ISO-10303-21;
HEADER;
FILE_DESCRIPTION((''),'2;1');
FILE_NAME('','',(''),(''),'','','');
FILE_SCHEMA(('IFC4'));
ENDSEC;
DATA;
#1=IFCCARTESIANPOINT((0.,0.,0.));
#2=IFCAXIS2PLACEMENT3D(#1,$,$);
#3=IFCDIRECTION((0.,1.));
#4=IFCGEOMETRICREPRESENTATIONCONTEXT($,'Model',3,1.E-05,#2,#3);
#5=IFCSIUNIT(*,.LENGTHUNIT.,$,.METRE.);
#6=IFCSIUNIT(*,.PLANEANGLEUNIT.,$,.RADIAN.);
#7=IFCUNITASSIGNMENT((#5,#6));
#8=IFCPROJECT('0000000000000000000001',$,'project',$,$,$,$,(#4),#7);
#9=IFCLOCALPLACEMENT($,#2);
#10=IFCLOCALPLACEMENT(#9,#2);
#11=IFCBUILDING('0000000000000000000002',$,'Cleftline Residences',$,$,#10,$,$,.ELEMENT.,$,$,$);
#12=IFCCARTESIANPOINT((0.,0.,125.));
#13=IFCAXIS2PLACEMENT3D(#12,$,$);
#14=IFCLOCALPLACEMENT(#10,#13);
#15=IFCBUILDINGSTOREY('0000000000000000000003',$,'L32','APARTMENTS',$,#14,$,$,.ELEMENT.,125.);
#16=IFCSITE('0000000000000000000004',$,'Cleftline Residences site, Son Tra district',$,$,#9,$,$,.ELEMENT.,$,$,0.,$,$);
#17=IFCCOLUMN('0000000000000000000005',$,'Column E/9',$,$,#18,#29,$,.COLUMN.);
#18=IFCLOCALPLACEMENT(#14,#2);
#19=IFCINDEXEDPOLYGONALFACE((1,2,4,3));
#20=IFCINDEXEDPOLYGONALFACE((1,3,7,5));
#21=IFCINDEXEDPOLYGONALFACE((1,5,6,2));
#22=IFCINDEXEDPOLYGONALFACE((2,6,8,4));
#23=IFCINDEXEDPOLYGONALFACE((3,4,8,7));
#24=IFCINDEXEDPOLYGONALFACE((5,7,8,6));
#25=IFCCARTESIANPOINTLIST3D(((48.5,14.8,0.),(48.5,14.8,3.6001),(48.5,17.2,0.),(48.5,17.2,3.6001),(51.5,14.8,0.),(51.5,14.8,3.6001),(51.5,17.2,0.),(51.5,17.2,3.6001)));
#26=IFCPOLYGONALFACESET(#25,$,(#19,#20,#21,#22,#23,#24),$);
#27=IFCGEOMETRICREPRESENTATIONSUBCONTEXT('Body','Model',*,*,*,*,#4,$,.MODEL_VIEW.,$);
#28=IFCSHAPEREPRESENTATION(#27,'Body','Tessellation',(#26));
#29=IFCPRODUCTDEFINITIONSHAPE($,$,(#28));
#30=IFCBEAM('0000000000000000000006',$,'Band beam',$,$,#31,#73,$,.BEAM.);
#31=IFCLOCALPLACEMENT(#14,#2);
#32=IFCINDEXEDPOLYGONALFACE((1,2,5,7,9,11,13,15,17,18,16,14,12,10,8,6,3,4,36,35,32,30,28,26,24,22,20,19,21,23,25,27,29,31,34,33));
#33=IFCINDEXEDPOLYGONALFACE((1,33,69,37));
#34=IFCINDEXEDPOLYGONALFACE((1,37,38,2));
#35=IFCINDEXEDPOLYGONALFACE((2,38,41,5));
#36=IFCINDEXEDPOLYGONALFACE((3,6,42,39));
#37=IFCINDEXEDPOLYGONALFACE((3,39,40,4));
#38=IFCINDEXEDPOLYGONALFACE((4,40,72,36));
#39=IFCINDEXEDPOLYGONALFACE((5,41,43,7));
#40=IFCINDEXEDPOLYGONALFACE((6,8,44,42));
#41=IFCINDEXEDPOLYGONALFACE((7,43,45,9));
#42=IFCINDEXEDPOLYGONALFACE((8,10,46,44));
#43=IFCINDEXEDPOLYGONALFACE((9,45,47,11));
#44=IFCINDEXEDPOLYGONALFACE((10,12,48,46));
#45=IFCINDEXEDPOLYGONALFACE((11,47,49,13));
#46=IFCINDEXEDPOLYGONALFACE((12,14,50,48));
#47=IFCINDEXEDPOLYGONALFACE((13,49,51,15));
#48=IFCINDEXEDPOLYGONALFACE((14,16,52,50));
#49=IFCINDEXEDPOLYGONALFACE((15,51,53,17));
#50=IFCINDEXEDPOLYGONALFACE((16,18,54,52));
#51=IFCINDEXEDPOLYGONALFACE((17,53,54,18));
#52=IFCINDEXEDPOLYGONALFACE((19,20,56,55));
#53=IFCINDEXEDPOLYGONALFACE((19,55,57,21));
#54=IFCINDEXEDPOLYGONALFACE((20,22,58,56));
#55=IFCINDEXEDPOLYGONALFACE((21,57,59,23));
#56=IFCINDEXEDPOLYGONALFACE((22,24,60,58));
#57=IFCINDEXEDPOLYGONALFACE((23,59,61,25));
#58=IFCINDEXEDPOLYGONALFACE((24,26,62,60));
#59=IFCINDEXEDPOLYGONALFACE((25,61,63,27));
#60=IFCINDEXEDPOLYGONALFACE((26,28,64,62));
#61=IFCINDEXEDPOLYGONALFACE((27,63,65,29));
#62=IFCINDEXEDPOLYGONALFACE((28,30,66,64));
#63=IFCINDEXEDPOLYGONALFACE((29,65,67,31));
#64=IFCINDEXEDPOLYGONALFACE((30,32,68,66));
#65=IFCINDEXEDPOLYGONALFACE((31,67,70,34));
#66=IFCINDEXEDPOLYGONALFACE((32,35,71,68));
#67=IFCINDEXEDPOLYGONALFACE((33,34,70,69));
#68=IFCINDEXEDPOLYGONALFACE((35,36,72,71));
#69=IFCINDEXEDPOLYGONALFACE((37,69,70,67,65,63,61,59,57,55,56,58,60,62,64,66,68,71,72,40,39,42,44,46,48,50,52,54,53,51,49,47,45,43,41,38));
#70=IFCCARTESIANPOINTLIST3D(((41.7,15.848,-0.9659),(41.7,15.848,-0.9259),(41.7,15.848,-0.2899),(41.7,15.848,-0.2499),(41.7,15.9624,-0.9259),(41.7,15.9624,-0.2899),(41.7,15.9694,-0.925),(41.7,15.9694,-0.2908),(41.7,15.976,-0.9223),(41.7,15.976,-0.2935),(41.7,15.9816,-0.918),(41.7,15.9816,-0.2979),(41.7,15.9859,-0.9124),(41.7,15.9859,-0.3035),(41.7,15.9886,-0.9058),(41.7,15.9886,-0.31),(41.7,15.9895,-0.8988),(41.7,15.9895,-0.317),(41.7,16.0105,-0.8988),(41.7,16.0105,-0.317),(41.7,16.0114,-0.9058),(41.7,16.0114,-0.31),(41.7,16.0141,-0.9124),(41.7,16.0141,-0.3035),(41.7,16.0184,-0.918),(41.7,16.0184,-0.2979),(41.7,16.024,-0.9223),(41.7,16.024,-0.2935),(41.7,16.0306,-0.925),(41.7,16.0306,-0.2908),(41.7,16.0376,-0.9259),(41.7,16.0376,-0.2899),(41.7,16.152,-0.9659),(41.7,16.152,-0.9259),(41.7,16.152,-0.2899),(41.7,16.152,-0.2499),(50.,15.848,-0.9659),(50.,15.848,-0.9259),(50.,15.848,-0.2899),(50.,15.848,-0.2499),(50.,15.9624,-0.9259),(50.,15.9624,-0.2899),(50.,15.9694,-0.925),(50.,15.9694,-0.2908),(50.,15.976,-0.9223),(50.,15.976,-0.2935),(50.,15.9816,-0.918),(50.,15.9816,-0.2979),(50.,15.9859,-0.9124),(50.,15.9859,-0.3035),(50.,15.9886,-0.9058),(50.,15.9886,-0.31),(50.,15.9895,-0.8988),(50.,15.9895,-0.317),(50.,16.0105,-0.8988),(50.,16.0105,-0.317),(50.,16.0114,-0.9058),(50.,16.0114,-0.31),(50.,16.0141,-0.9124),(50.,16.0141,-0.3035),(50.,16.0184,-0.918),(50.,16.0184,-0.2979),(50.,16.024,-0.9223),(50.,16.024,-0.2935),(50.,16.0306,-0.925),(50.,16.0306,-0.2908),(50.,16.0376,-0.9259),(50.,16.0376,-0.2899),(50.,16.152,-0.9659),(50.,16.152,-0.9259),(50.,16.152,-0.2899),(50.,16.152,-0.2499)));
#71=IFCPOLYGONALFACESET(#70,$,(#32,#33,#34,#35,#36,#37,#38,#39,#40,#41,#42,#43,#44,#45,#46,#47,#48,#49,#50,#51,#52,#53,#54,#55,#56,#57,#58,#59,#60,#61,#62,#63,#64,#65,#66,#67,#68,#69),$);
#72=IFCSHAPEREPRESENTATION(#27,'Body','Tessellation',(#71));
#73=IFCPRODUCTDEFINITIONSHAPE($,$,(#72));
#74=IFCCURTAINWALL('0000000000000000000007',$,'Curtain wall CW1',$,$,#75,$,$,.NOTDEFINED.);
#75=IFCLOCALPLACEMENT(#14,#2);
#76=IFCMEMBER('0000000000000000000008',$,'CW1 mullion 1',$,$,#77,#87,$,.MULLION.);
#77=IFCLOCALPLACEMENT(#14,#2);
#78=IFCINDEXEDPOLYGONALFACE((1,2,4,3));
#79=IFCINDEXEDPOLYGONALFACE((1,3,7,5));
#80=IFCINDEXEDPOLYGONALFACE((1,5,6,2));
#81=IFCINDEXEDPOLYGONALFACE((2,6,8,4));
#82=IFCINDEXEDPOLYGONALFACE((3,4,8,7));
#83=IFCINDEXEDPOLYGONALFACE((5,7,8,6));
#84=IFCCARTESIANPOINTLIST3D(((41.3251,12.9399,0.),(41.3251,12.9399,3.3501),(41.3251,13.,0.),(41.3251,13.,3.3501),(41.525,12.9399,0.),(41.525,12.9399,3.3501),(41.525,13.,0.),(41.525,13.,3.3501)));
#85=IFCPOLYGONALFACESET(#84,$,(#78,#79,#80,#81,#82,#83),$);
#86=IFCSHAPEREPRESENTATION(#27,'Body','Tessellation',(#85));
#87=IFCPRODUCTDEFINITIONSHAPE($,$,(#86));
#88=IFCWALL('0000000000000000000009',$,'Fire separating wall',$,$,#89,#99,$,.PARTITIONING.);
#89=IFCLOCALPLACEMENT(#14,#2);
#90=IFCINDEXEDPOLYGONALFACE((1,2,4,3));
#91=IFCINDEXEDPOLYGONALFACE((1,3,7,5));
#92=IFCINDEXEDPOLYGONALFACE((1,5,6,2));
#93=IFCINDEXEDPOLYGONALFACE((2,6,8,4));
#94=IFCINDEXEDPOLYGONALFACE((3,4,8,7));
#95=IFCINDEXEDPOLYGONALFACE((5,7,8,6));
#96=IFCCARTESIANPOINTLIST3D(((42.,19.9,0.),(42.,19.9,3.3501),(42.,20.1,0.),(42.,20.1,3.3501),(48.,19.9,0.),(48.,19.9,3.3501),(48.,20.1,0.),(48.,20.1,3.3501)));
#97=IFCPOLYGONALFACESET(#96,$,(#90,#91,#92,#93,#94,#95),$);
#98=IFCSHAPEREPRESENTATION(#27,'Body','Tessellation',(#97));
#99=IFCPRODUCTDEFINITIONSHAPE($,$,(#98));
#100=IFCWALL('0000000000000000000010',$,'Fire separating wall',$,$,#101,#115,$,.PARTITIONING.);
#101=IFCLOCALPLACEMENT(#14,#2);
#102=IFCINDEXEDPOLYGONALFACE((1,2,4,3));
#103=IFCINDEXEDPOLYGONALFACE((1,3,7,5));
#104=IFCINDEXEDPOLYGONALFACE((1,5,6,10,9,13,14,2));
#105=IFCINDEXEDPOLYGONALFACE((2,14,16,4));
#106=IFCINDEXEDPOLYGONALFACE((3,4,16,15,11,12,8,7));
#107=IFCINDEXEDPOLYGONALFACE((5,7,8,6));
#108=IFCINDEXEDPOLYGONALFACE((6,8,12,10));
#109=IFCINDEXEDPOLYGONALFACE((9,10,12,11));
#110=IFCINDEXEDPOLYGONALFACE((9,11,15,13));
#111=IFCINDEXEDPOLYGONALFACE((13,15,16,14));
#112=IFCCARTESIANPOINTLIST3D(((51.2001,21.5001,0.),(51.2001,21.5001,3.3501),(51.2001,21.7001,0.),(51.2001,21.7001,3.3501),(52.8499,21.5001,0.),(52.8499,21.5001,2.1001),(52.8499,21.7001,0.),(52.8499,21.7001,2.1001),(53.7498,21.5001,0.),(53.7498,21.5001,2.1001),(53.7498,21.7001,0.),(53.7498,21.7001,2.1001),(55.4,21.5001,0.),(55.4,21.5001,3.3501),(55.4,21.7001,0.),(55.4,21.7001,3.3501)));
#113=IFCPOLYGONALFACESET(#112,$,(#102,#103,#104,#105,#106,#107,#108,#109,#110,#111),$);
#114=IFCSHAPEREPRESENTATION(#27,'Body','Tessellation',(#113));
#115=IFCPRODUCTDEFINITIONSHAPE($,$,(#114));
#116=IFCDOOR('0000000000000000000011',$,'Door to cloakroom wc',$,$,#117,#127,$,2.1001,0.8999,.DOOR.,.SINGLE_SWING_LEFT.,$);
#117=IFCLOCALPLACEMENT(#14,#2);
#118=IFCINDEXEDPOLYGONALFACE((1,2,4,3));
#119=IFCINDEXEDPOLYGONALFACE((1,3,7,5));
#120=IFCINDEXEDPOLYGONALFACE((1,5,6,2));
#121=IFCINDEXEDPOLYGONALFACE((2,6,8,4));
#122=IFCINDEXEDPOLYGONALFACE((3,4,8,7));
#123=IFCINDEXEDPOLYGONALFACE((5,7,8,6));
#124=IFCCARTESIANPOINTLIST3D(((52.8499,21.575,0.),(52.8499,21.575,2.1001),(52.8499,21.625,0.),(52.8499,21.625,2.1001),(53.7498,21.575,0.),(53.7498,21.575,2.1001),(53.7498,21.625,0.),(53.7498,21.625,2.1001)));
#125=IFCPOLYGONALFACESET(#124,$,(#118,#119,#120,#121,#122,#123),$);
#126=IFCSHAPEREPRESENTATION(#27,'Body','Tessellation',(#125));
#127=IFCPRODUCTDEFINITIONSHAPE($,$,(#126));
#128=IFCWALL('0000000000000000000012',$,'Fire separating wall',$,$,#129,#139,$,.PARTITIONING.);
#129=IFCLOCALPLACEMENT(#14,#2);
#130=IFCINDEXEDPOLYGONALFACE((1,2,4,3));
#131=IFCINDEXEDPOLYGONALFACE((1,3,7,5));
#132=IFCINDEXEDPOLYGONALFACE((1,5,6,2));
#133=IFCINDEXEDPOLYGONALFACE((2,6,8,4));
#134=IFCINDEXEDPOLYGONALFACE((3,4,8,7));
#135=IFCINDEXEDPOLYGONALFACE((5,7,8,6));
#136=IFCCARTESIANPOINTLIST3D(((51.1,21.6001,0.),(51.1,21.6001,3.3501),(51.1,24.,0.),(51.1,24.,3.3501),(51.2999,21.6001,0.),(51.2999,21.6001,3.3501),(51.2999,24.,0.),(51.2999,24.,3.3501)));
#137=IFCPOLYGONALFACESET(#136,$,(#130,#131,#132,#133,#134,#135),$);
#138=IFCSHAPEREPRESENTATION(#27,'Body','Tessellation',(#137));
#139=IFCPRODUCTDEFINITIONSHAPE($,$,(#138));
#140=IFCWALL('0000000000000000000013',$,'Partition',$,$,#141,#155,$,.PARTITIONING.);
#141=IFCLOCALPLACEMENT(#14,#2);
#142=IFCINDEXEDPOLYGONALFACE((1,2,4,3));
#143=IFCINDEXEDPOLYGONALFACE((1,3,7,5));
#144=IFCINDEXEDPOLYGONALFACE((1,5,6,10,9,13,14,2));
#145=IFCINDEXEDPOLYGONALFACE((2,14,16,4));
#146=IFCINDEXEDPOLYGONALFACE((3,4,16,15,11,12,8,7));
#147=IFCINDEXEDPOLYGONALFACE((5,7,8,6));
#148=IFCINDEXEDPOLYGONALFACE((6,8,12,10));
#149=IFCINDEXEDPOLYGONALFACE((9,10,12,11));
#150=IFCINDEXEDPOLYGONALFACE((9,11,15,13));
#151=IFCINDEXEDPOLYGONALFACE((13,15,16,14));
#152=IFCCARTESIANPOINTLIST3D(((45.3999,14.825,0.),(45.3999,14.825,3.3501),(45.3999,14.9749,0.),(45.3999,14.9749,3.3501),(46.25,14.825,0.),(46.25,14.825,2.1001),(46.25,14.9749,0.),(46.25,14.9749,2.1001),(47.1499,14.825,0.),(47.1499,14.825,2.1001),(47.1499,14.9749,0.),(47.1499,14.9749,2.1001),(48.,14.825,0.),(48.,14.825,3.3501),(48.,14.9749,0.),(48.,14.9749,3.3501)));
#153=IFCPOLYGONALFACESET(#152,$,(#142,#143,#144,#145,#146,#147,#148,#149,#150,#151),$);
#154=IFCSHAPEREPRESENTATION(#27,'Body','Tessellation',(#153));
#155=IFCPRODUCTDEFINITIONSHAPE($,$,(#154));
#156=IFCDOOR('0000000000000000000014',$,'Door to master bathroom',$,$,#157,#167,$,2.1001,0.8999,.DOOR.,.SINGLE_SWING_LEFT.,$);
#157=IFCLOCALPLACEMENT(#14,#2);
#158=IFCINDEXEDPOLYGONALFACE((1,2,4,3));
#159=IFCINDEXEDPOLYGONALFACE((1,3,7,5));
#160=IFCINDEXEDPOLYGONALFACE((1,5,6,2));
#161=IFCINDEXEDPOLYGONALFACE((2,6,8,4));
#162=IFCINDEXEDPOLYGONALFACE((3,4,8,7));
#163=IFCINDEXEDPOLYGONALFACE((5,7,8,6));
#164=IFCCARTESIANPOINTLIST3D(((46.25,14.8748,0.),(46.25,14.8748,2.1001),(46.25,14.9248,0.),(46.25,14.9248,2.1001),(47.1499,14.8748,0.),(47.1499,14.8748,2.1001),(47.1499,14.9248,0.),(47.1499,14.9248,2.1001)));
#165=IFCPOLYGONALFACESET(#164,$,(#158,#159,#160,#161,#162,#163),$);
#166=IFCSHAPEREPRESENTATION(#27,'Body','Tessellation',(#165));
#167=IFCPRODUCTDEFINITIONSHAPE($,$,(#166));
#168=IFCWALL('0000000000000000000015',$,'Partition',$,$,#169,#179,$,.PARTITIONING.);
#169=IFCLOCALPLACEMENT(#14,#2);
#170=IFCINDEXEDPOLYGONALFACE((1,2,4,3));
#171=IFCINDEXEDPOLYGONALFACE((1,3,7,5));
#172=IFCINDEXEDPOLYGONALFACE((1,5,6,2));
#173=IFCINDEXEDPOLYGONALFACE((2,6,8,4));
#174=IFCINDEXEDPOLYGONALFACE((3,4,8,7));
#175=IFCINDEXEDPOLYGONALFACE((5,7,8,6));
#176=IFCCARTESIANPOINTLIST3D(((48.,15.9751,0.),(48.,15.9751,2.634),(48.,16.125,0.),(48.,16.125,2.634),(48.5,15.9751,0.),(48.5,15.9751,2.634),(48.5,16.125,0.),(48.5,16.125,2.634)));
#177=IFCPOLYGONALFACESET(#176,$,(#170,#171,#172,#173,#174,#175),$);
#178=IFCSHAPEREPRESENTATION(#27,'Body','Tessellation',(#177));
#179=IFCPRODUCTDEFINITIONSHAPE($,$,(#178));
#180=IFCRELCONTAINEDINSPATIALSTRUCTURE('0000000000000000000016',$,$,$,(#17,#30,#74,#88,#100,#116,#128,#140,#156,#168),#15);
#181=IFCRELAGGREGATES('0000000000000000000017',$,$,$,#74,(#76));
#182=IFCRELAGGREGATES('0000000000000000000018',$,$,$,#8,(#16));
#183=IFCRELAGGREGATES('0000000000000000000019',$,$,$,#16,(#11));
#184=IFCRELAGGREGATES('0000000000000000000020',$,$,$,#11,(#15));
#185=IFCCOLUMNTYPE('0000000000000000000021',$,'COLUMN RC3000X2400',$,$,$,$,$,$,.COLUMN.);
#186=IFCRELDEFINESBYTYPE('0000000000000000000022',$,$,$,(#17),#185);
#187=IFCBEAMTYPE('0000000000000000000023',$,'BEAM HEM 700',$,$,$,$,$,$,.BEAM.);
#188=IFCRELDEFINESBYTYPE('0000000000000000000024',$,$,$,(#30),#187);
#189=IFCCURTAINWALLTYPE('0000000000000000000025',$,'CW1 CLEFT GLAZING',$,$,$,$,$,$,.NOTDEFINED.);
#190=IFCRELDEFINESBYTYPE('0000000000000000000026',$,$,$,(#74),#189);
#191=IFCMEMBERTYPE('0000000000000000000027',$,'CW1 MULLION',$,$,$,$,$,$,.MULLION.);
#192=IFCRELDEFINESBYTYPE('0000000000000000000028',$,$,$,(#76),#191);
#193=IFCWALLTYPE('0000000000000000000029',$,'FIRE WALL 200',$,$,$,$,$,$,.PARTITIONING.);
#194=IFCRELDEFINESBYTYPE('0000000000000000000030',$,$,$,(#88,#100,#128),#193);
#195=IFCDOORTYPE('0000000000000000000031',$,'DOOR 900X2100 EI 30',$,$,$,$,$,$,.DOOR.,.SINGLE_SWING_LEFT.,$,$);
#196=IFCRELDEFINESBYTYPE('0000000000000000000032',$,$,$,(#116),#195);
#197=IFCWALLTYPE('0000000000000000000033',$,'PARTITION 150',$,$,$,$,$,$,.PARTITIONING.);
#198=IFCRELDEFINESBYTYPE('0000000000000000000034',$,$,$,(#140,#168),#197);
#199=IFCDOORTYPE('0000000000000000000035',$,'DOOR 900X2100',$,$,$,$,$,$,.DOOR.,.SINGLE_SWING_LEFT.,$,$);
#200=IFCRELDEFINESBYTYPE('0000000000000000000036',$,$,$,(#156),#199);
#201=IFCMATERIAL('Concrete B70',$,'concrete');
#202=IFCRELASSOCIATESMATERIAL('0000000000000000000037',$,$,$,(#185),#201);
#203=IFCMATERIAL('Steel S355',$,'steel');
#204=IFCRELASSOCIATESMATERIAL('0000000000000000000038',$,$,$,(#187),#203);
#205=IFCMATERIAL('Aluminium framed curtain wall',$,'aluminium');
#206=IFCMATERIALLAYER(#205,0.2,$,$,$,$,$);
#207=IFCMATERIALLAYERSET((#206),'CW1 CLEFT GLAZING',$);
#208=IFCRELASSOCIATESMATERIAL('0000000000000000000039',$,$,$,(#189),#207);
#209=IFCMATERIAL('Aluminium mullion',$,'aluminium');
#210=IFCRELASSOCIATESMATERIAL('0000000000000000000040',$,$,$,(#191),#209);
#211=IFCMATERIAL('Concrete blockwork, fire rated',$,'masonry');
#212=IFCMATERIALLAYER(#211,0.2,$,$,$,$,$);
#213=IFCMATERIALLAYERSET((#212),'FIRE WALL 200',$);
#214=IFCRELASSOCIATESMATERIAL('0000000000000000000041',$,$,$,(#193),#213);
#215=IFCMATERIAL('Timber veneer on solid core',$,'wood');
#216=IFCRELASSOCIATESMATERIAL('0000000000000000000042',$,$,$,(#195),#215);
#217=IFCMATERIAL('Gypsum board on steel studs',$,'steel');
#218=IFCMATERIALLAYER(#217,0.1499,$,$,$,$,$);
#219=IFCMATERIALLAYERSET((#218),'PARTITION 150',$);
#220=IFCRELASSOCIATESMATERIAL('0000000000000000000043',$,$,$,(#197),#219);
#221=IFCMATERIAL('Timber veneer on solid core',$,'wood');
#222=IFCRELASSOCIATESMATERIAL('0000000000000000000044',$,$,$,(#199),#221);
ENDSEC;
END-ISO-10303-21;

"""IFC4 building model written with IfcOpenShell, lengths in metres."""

from ifc_helpers import new_model, si_unit, direction, frame, frame_2d, origin, origin_2d, place, context, subcontext, project, spatial, rectangle, i_section, extrude, material, layer, layer_set, material_profile, profile_set, type_object, element, fill, aggregate, save


model = new_model("IFC4")

# Units and contexts
model_context = context("Model", 3, precision=1e-05, world=origin(), true_north=direction((0.0, 1.0)))
body_context = subcontext(model_context, "Body", "Model", "MODEL_VIEW")
ifc_project = project(units=[si_unit("LENGTHUNIT", "METRE"), si_unit("PLANEANGLEUNIT", "RADIAN")], contexts=[model_context])

# Site, building, storey
site_placement = place(None, origin())
site = spatial("IfcSite", under=ifc_project, at=site_placement, Name="Cleftline Residences site, Son Tra district", CompositionType="ELEMENT", RefElevation=0.0)
building_placement = place(site_placement, origin())
building = spatial("IfcBuilding", under=site, at=building_placement, Name="Cleftline Residences", CompositionType="ELEMENT")
storey_placement = place(building_placement, frame((0.0, 0.0, 125.0)))
storey = spatial("IfcBuildingStorey", under=building, at=storey_placement, Name="L32", Description="APARTMENTS", CompositionType="ELEMENT", Elevation=125.0)

# Column
ifc_material_1 = material(Name="Concrete B70", Category="concrete")
ifc_material_profile_1 = material_profile(ifc_material_1, rectangle(XDim=3.0, YDim=2.3999, at=origin_2d()))
ifc_profile_set_1 = profile_set([ifc_material_profile_1], Name="Concrete B70")
column_type = type_object("IfcColumnType", Name="COLUMN RC3000X2400", PredefinedType="COLUMN", material=ifc_profile_set_1)
column_placement = place(storey_placement, frame((50.0, 16.0, 0.0), z_axis=(0.0, 0.0, 1.0), x_axis=(1.0, 0.0, 0.0)))
element("IfcColumn", 1, at=column_placement, inside=storey, type_object=column_type, Name="Column E/9", PredefinedType="COLUMN", context=body_context, shape_type="SweptSolid", body=[
    extrude(rectangle(XDim=3.0, YDim=2.3999, at=origin_2d()), origin(), (0.0, 0.0, 1.0), 3.6001),
])

# Beam
ifc_material_2 = material(Name="Steel S355", Category="steel")
ifc_material_profile_2 = material_profile(ifc_material_2, i_section(OverallWidth=0.304, OverallDepth=0.7161, WebThickness=0.021, FlangeThickness=0.04, FilletRadius=0.0271, at=origin_2d()))
ifc_profile_set_2 = profile_set([ifc_material_profile_2], Name="Steel S355")
beam_type = type_object("IfcBeamType", Name="BEAM HEM 700", PredefinedType="BEAM", material=ifc_profile_set_2)
beam_placement = place(storey_placement, frame((50.0, 16.0, -0.6079), z_axis=(-1.0, 0.0, 0.0), x_axis=(0.0, -1.0, 0.0)))
element("IfcBeam", 2, at=beam_placement, inside=storey, type_object=beam_type, Name="Band beam", PredefinedType="BEAM", context=body_context, shape_type="SweptSolid", body=[
    extrude(i_section(OverallWidth=0.304, OverallDepth=0.7161, WebThickness=0.021, FlangeThickness=0.04, FilletRadius=0.0271, at=origin_2d()), origin(), (0.0, 0.0, 1.0), 8.3),
])

# Curtain wall, member
ifc_material_3 = material(Name="Aluminium framed curtain wall", Category="aluminium")
ifc_layer_1 = layer(ifc_material_3, 0.2)
ifc_layer_set_1 = layer_set([ifc_layer_1], Name="CW1 CLEFT GLAZING")
curtain_wall_type = type_object("IfcCurtainWallType", Name="CW1 CLEFT GLAZING", PredefinedType="NOTDEFINED", material=ifc_layer_set_1)
curtain_wall_placement = place(storey_placement, origin())
curtain_wall = element("IfcCurtainWall", 3, at=curtain_wall_placement, inside=storey, type_object=curtain_wall_type, Name="Curtain wall CW1", PredefinedType="NOTDEFINED")
ifc_material_4 = material(Name="Aluminium mullion", Category="aluminium")
ifc_material_profile_3 = material_profile(ifc_material_4, rectangle(XDim=0.2, YDim=0.0601, at=origin_2d()))
ifc_profile_set_3 = profile_set([ifc_material_profile_3], Name="Aluminium mullion")
member_type = type_object("IfcMemberType", Name="CW1 MULLION", PredefinedType="MULLION", material=ifc_profile_set_3)
member_placement = place(storey_placement, frame((41.425, 12.97, 0.0), z_axis=(0.0, 0.0, 1.0), x_axis=(1.0, 0.0, 0.0)))
member = element("IfcMember", 4, at=member_placement, type_object=member_type, Name="CW1 mullion 1", PredefinedType="MULLION", context=body_context, shape_type="SweptSolid", body=[
    extrude(rectangle(XDim=0.2, YDim=0.0601, at=origin_2d()), origin(), (0.0, 0.0, 1.0), 3.3501),
])
aggregate(curtain_wall, [member])

# Wall
ifc_material_5 = material(Name="Concrete blockwork, fire rated", Category="masonry")
ifc_layer_2 = layer(ifc_material_5, 0.2)
ifc_layer_set_2 = layer_set([ifc_layer_2], Name="FIRE WALL 200")
wall_type_1 = type_object("IfcWallType", Name="FIRE WALL 200", PredefinedType="PARTITIONING", material=ifc_layer_set_2)
wall_1_placement = place(storey_placement, frame((42.0, 20.0, 0.0), z_axis=(0.0, 0.0, 1.0), x_axis=(1.0, 0.0, 0.0)))
element("IfcWall", 5, at=wall_1_placement, inside=storey, type_object=wall_type_1, Name="Fire separating wall", PredefinedType="PARTITIONING", context=body_context, shape_type="SweptSolid", body=[
    extrude(rectangle(XDim=6.0, YDim=0.2, at=frame_2d((3.0, 0.0))), origin(), (0.0, 0.0, 1.0), 3.3501),
])

# Wall, opening, door
wall_2_placement = place(storey_placement, frame((51.2, 21.6001, 0.0), z_axis=(0.0, 0.0, 1.0), x_axis=(1.0, 0.0, 0.0)))
wall_2 = element("IfcWall", 6, at=wall_2_placement, inside=storey, type_object=wall_type_1, Name="Fire separating wall", PredefinedType="PARTITIONING", context=body_context, shape_type="SweptSolid", body=[
    extrude(rectangle(XDim=4.2, YDim=0.2, at=frame_2d((2.1001, 0.0))), origin(), (0.0, 0.0, 1.0), 3.3501),
])
opening_1_placement = place(wall_2_placement, frame((1.6499, 0.0, 0.0)))
opening_1 = element("IfcOpeningElement", 7, at=opening_1_placement, cuts=wall_2, PredefinedType="OPENING", context=body_context, shape_type="SweptSolid", body=[
    extrude(rectangle(XDim=0.8999, YDim=2.1001, at=frame_2d((0.45, 1.05))), frame((0.0, 0.1099, 0.0), z_axis=(0.0, -1.0, 0.0), x_axis=(1.0, 0.0, 0.0)), (0.0, 0.0, 1.0), 0.22),
])
ifc_material_6 = material(Name="Timber veneer on solid core", Category="wood")
door_type_1 = type_object("IfcDoorType", Name="DOOR 900X2100 EI 30", OperationType="SINGLE_SWING_LEFT", PredefinedType="DOOR", material=ifc_material_6)
door_1_placement = place(opening_1_placement, origin())
door_1 = element("IfcDoor", 8, at=door_1_placement, inside=storey, type_object=door_type_1, Name="Door to cloakroom wc", OperationType="SINGLE_SWING_LEFT", OverallHeight=2.1001, OverallWidth=0.8999, PredefinedType="DOOR", context=body_context, shape_type="SweptSolid", body=[
    extrude(rectangle(XDim=0.8999, YDim=2.1001, at=frame_2d((0.45, 1.05))), frame((0.0, 0.0249, 0.0), z_axis=(0.0, -1.0, 0.0), x_axis=(1.0, 0.0, 0.0)), (0.0, 0.0, 1.0), 0.05),
])
fill(opening_1, door_1)

# Wall
wall_3_placement = place(storey_placement, frame((51.2, 21.6001, 0.0), z_axis=(0.0, 0.0, 1.0), x_axis=(0.0, 1.0, 0.0)))
element("IfcWall", 9, at=wall_3_placement, inside=storey, type_object=wall_type_1, Name="Fire separating wall", PredefinedType="PARTITIONING", context=body_context, shape_type="SweptSolid", body=[
    extrude(rectangle(XDim=2.3999, YDim=0.2, at=frame_2d((1.2, 0.0))), origin(), (0.0, 0.0, 1.0), 3.3501),
])

# Wall, opening, door
ifc_material_7 = material(Name="Gypsum board on steel studs", Category="steel")
ifc_layer_3 = layer(ifc_material_7, 0.1499)
ifc_layer_set_3 = layer_set([ifc_layer_3], Name="PARTITION 150")
wall_type_2 = type_object("IfcWallType", Name="PARTITION 150", PredefinedType="PARTITIONING", material=ifc_layer_set_3)
wall_4_placement = place(storey_placement, frame((45.3999, 14.8999, 0.0), z_axis=(0.0, 0.0, 1.0), x_axis=(1.0, 0.0, 0.0)))
wall_4 = element("IfcWall", 10, at=wall_4_placement, inside=storey, type_object=wall_type_2, Name="Partition", PredefinedType="PARTITIONING", context=body_context, shape_type="SweptSolid", body=[
    extrude(rectangle(XDim=2.6001, YDim=0.1499, at=frame_2d((1.3, 0.0))), origin(), (0.0, 0.0, 1.0), 3.3501),
])
opening_2_placement = place(wall_4_placement, frame((0.8501, 0.0, 0.0)))
opening_2 = element("IfcOpeningElement", 11, at=opening_2_placement, cuts=wall_4, PredefinedType="OPENING", context=body_context, shape_type="SweptSolid", body=[
    extrude(rectangle(XDim=0.8999, YDim=2.1001, at=frame_2d((0.45, 1.05))), frame((0.0, 0.085, 0.0), z_axis=(0.0, -1.0, 0.0), x_axis=(1.0, 0.0, 0.0)), (0.0, 0.0, 1.0), 0.1699),
])
ifc_material_8 = material(Name="Timber veneer on solid core", Category="wood")
door_type_2 = type_object("IfcDoorType", Name="DOOR 900X2100", OperationType="SINGLE_SWING_LEFT", PredefinedType="DOOR", material=ifc_material_8)
door_2_placement = place(opening_2_placement, origin())
door_2 = element("IfcDoor", 12, at=door_2_placement, inside=storey, type_object=door_type_2, Name="Door to master bathroom", OperationType="SINGLE_SWING_LEFT", OverallHeight=2.1001, OverallWidth=0.8999, PredefinedType="DOOR", context=body_context, shape_type="SweptSolid", body=[
    extrude(rectangle(XDim=0.8999, YDim=2.1001, at=frame_2d((0.45, 1.05))), frame((0.0, 0.0249, 0.0), z_axis=(0.0, -1.0, 0.0), x_axis=(1.0, 0.0, 0.0)), (0.0, 0.0, 1.0), 0.05),
])
fill(opening_2, door_2)

# Wall
wall_5_placement = place(storey_placement, frame((48.0, 16.05, 0.0), z_axis=(0.0, 0.0, 1.0), x_axis=(1.0, 0.0, 0.0)))
element("IfcWall", 13, at=wall_5_placement, inside=storey, type_object=wall_type_2, Name="Partition", PredefinedType="PARTITIONING", context=body_context, shape_type="SweptSolid", body=[
    extrude(rectangle(XDim=0.5, YDim=0.1499, at=frame_2d((0.25, 0.0))), origin(), (0.0, 0.0, 1.0), 2.634),
])

save(model, "model.ifc")
